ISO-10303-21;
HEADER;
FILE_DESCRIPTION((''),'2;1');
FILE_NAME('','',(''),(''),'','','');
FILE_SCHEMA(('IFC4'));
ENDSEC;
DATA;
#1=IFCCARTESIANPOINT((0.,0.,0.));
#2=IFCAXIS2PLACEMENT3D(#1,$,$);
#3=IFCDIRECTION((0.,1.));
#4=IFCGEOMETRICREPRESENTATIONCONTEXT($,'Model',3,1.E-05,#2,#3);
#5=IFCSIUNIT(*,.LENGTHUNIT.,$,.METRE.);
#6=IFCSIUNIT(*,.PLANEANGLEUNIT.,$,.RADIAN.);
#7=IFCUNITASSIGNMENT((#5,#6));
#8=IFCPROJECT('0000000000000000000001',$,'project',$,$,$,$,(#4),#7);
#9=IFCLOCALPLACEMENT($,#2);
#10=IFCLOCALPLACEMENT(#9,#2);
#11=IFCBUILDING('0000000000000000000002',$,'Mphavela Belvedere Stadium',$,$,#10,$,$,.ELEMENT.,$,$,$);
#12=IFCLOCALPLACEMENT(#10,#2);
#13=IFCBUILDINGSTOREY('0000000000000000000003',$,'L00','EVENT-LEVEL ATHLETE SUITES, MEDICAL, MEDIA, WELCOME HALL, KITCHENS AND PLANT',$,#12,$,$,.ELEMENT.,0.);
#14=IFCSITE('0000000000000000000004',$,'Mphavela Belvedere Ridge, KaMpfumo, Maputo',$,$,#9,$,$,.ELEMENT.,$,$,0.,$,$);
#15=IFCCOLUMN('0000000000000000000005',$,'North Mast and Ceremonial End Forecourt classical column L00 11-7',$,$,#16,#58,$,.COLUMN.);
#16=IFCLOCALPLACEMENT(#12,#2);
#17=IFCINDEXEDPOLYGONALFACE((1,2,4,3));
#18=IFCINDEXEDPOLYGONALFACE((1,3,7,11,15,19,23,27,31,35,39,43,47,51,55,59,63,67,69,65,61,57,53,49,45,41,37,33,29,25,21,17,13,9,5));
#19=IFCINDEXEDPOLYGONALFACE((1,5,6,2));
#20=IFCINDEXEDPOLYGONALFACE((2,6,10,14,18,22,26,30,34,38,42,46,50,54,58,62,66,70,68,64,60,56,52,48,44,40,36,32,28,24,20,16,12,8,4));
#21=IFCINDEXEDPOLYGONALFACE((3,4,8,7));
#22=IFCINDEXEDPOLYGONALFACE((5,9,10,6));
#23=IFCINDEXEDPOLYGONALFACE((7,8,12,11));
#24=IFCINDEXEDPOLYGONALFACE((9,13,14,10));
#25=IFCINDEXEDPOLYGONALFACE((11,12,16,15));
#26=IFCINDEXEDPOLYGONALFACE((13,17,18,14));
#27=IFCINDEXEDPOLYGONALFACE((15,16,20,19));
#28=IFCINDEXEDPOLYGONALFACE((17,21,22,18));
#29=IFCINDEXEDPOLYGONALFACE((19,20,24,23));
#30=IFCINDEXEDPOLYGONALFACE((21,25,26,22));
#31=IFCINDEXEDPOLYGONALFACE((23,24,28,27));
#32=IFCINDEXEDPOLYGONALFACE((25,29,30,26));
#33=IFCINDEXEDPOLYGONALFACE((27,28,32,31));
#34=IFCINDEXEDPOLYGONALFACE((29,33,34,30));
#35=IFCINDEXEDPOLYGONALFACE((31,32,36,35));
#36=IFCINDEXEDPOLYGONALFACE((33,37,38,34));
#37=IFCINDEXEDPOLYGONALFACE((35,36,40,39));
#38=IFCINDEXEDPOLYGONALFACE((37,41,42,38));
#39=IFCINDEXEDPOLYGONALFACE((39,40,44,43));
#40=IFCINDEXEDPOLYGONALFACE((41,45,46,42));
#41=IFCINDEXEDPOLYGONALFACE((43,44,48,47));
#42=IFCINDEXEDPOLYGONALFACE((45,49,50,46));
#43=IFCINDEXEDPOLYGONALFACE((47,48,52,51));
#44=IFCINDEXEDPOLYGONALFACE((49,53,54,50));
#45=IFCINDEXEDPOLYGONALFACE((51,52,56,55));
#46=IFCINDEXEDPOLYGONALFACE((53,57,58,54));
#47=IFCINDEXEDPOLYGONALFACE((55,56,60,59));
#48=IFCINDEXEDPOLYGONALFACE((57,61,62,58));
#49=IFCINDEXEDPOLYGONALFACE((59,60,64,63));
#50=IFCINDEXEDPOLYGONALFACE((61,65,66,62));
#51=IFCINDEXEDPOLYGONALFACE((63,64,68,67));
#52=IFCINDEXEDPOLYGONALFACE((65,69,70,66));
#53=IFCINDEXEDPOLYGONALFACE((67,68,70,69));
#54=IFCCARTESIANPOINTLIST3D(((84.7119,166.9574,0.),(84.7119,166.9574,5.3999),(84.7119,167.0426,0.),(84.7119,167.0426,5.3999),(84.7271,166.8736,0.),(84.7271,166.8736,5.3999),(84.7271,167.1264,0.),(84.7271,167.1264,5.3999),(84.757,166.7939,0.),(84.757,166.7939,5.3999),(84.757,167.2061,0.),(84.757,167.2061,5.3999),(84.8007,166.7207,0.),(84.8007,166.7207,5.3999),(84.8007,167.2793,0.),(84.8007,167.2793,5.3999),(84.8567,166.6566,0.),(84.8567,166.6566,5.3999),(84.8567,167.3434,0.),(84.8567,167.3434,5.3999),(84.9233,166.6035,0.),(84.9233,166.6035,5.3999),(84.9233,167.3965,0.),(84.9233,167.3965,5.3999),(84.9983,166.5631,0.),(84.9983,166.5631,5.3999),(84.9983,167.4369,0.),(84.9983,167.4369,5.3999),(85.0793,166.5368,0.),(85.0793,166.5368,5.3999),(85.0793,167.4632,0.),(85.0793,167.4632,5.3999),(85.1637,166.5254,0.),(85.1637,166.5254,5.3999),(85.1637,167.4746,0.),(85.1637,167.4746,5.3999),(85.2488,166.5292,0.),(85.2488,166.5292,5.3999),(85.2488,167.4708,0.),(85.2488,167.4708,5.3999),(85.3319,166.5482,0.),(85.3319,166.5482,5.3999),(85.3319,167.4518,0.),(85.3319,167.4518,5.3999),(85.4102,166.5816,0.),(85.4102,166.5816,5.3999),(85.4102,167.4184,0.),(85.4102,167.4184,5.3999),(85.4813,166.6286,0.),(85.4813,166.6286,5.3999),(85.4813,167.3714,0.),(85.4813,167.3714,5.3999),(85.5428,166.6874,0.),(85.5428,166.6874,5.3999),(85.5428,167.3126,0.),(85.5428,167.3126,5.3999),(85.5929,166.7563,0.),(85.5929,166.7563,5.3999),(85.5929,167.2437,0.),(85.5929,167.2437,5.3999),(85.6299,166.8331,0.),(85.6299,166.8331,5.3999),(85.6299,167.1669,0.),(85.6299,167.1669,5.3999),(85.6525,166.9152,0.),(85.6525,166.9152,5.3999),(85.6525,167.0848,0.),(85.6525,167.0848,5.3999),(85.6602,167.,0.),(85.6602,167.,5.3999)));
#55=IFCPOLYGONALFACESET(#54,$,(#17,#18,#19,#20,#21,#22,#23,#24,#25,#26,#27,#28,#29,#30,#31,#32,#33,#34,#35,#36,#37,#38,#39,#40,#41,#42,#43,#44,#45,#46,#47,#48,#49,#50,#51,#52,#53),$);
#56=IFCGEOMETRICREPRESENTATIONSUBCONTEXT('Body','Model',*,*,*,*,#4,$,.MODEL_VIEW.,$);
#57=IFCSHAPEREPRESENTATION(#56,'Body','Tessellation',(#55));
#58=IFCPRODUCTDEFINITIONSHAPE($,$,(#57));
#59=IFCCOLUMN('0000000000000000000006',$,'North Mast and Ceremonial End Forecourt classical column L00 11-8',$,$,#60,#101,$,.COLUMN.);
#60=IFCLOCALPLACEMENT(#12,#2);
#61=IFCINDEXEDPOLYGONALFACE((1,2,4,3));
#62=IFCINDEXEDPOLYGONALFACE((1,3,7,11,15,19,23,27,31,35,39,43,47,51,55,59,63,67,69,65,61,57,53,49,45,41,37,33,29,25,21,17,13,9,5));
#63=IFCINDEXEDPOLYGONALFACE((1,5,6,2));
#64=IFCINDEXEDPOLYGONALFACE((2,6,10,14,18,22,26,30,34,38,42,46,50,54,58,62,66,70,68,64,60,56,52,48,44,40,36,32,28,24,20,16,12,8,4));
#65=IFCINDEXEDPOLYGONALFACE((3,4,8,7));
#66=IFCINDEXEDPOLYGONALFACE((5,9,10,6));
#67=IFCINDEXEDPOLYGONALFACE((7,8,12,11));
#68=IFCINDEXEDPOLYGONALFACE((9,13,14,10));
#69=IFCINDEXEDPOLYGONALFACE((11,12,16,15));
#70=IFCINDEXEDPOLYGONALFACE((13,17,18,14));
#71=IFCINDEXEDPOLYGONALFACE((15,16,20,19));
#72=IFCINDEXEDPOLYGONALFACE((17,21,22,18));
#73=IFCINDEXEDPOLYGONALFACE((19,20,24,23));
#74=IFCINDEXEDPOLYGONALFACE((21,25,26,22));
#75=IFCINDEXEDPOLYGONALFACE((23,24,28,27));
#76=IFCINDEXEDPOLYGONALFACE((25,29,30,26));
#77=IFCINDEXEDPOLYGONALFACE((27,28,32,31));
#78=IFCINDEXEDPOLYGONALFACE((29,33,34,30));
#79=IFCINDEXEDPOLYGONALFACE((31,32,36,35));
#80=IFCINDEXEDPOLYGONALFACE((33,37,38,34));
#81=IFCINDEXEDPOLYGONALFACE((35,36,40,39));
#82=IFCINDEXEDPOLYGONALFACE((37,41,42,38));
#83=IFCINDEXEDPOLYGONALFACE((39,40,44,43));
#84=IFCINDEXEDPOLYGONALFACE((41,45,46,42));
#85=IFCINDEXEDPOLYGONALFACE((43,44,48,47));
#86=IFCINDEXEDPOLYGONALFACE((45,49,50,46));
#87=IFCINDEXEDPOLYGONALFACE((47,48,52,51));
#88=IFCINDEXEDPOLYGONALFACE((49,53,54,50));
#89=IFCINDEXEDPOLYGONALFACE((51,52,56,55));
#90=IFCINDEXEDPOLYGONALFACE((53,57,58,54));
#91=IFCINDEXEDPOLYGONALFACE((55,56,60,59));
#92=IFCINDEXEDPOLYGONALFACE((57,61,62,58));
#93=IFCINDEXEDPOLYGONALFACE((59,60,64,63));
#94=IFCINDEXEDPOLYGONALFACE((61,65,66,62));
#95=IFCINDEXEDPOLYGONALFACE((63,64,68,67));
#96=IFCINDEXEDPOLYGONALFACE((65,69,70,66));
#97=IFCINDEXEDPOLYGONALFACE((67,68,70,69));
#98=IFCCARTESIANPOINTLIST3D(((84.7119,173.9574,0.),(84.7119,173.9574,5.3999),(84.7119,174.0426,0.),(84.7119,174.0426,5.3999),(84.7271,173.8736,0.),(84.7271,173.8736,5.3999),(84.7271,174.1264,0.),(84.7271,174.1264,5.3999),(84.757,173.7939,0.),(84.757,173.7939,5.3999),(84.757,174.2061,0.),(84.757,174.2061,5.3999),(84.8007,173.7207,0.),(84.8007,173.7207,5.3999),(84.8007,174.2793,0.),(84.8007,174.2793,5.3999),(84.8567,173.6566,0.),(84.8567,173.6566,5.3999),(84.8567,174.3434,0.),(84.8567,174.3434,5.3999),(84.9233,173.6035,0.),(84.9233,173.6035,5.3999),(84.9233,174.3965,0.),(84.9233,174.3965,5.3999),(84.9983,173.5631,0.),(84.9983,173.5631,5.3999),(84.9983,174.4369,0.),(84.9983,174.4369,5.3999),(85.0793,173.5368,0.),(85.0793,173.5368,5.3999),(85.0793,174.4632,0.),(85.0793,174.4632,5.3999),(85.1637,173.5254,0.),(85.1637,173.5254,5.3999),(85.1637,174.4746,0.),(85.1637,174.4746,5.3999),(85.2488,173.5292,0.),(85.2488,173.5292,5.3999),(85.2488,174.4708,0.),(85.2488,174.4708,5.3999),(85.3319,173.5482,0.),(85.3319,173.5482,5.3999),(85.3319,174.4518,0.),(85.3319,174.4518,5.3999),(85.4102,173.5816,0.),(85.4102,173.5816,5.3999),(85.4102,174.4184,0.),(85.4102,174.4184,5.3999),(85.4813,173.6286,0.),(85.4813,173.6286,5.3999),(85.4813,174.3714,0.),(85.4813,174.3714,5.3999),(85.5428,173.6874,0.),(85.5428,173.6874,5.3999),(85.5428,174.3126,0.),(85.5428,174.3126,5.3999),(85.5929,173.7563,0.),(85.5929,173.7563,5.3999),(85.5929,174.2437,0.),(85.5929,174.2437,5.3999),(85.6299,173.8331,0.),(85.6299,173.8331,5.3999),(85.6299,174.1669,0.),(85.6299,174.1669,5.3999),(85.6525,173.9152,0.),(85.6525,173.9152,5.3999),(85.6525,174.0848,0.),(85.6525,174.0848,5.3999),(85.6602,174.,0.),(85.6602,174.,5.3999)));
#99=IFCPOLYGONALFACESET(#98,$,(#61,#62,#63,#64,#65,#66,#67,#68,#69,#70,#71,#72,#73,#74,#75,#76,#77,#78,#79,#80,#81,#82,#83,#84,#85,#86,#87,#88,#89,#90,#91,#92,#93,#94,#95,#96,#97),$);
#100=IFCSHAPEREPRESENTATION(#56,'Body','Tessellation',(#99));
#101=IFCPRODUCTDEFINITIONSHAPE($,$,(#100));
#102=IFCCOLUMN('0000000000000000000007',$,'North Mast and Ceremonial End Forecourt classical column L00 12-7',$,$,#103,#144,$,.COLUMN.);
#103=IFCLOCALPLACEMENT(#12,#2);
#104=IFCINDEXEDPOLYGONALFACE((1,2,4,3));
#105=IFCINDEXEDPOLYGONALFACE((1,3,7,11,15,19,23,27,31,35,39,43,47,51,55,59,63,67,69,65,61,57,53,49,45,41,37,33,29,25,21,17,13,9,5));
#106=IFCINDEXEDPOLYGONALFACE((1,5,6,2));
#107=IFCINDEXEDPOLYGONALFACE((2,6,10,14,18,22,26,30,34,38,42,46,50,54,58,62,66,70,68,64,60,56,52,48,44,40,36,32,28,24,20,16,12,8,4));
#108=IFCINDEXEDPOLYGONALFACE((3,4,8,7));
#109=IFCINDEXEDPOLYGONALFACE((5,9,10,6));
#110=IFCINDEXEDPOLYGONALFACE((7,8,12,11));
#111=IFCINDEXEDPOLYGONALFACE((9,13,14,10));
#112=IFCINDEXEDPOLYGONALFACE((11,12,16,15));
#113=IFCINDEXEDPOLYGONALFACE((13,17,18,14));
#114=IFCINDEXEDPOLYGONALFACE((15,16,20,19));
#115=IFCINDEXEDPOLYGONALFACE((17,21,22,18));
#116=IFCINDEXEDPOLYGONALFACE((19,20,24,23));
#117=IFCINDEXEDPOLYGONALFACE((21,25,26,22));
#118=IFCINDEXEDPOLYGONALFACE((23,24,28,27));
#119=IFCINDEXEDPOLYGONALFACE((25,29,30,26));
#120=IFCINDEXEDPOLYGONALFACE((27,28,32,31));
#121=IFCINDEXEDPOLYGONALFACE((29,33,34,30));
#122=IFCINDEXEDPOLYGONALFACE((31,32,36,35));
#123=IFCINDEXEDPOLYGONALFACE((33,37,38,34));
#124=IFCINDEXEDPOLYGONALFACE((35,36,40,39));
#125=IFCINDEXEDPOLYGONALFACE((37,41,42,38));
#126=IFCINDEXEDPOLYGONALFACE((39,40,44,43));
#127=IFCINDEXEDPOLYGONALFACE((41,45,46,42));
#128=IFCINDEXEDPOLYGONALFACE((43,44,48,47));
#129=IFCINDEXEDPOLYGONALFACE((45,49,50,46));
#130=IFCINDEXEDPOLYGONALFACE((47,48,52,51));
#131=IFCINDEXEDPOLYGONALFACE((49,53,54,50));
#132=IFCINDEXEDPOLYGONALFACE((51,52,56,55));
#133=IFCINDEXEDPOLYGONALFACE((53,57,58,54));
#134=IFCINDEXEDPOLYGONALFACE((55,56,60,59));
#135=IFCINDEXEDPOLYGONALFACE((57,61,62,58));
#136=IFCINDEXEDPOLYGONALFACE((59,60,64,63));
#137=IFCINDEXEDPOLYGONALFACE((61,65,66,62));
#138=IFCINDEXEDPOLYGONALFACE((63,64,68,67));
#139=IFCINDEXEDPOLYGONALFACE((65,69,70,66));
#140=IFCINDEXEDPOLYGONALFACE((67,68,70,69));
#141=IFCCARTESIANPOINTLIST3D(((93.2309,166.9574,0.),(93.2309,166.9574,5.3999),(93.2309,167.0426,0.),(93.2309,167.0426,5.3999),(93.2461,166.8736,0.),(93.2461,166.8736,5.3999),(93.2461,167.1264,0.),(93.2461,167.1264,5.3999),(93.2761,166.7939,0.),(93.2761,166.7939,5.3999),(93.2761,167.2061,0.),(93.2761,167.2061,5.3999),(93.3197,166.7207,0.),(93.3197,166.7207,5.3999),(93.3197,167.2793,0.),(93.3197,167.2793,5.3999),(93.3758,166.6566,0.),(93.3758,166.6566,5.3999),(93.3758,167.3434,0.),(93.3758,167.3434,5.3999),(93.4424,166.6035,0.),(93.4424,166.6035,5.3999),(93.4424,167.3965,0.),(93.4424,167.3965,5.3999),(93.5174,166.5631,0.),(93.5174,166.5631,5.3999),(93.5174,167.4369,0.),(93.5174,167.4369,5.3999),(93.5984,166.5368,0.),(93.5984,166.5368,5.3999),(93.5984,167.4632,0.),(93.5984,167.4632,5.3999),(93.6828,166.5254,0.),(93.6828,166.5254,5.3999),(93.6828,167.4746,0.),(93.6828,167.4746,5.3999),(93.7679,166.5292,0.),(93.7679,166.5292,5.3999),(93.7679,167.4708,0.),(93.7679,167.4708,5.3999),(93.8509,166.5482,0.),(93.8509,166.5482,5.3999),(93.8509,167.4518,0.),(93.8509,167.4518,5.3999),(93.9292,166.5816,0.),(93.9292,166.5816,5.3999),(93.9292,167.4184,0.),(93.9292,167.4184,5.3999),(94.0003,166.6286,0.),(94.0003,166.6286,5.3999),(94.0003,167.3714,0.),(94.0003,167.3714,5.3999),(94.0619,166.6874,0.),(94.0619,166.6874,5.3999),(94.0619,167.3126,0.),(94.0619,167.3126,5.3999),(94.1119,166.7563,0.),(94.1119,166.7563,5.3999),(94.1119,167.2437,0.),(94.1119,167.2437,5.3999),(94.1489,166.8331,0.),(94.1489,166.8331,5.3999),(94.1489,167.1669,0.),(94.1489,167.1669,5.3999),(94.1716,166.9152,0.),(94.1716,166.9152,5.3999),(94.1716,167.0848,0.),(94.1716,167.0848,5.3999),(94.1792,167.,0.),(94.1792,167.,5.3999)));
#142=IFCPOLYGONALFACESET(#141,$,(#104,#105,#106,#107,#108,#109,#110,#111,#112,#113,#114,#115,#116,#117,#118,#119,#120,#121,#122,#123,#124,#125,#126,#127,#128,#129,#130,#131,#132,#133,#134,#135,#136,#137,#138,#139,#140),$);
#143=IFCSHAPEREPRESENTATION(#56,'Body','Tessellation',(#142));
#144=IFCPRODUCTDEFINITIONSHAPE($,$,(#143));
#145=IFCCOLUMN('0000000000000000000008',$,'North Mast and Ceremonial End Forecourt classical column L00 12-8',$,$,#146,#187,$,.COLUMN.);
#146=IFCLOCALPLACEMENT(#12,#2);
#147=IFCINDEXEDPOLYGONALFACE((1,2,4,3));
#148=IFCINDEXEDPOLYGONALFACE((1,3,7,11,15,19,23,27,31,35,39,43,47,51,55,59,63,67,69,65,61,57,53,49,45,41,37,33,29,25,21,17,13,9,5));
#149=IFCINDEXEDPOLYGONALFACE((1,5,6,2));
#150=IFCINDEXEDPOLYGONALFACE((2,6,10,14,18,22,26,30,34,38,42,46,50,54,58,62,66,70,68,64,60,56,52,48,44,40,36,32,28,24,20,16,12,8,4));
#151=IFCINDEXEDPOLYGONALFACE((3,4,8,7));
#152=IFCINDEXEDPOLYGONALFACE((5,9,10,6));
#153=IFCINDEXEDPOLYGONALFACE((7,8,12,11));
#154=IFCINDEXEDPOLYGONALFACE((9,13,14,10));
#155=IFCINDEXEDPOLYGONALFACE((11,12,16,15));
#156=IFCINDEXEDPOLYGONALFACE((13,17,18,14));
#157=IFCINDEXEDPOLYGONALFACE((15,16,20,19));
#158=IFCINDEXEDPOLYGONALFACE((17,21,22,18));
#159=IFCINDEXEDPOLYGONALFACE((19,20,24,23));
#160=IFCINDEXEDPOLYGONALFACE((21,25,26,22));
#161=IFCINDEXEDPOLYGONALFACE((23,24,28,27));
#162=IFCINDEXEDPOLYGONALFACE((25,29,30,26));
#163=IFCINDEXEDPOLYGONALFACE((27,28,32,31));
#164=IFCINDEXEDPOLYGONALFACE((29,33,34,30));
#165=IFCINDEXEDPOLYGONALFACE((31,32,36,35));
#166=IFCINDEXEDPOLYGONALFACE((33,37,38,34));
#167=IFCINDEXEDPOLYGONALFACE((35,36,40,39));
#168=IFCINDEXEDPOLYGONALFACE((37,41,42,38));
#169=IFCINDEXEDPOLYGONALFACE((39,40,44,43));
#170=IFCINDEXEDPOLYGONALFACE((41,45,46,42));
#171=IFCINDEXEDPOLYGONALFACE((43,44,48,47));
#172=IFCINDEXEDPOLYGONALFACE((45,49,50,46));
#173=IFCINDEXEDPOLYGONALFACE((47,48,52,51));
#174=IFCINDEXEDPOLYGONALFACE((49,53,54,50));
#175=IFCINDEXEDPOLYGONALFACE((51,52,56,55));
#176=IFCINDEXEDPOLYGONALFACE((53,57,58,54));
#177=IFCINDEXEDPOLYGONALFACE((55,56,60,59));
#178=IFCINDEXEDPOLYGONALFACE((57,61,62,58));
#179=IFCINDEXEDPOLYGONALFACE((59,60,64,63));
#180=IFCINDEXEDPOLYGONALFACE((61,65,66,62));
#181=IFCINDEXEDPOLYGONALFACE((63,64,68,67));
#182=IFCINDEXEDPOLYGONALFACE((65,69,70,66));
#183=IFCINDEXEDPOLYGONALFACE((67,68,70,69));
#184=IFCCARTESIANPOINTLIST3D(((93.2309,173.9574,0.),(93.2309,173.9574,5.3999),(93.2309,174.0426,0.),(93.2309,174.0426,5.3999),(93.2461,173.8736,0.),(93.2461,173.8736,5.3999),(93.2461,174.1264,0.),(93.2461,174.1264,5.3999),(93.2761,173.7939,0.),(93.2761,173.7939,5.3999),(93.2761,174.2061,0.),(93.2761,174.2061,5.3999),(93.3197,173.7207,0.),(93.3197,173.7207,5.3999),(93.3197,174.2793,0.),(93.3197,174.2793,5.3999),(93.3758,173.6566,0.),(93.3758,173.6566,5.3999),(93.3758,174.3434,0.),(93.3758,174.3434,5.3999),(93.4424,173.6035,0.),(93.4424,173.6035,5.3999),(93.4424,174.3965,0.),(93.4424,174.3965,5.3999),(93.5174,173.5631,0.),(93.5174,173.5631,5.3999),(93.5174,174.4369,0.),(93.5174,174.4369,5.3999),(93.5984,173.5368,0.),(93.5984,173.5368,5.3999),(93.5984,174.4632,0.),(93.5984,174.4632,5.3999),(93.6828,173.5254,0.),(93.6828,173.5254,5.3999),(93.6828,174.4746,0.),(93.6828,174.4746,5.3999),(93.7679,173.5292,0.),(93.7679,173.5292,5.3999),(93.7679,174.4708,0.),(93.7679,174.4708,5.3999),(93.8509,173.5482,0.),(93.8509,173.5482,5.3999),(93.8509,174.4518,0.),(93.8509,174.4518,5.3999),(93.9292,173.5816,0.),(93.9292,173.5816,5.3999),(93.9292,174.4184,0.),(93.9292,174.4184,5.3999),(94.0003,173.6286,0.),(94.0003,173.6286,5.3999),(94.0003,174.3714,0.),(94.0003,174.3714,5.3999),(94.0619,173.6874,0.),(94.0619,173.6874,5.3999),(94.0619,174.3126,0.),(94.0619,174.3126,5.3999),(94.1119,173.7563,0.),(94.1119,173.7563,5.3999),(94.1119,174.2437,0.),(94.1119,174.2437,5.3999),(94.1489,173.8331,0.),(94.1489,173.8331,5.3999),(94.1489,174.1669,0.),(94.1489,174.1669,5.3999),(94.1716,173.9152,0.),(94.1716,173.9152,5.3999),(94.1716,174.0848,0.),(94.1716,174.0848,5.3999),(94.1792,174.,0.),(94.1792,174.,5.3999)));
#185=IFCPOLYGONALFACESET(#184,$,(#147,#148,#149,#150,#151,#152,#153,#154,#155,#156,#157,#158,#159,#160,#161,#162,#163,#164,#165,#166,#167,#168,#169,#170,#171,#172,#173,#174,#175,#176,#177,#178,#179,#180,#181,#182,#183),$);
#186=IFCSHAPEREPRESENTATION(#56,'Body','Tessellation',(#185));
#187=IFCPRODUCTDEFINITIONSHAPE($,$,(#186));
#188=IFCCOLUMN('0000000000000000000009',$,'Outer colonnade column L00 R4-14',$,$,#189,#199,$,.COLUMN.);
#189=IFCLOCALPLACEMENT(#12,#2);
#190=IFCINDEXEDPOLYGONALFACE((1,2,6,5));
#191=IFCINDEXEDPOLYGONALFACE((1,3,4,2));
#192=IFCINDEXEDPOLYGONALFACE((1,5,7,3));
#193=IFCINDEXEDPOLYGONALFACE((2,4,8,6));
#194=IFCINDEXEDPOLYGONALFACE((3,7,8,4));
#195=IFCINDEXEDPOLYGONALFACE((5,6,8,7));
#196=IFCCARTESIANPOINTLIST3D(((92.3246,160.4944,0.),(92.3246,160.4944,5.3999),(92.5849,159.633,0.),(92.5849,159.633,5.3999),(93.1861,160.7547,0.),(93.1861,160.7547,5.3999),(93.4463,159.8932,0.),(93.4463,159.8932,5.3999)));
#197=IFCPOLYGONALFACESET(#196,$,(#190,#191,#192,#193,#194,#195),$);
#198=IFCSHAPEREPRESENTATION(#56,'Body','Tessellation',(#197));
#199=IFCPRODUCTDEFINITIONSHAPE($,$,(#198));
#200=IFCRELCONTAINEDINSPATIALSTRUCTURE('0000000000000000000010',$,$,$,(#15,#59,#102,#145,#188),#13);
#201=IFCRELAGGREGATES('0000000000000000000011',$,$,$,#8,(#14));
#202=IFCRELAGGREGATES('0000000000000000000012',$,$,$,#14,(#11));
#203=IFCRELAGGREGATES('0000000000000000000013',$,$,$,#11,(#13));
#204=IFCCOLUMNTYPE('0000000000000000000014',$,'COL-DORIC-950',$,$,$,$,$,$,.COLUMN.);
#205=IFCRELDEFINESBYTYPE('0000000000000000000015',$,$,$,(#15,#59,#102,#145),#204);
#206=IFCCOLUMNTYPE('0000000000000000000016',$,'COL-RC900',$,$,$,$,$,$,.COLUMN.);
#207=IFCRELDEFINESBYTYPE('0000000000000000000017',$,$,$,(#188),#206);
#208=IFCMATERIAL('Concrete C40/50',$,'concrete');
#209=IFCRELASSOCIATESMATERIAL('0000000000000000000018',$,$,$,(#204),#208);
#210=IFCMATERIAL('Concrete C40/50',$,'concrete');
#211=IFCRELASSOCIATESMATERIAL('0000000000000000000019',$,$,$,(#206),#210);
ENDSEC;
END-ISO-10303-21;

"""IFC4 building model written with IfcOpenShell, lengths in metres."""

from ifc_helpers import new_model, si_unit, direction, frame, origin, origin_2d, place, context, subcontext, project, spatial, rectangle, circle, extrude, material, material_profile, profile_set, type_object, element, save


model = new_model("IFC4")

# Units and contexts
model_context = context("Model", 3, precision=1e-05, world=origin(), true_north=direction((0.0, 1.0)))
body_context = subcontext(model_context, "Body", "Model", "MODEL_VIEW")
ifc_project = project(units=[si_unit("LENGTHUNIT", "METRE"), si_unit("PLANEANGLEUNIT", "RADIAN")], contexts=[model_context])

# Site, building, storey
site_placement = place(None, origin())
site = spatial("IfcSite", under=ifc_project, at=site_placement, Name="Mphavela Belvedere Ridge, KaMpfumo, Maputo", CompositionType="ELEMENT", RefElevation=0.0)
building_placement = place(site_placement, origin())
building = spatial("IfcBuilding", under=site, at=building_placement, Name="Mphavela Belvedere Stadium", CompositionType="ELEMENT")
storey_placement = place(building_placement, origin())
storey = spatial("IfcBuildingStorey", under=building, at=storey_placement, Name="L00", Description="EVENT-LEVEL ATHLETE SUITES, MEDICAL, MEDIA, WELCOME HALL, KITCHENS AND PLANT", CompositionType="ELEMENT", Elevation=0.0)

# Columns
ifc_material_1 = material(Name="Concrete C40/50", Category="concrete")
ifc_material_profile_1 = material_profile(ifc_material_1, circle(Radius=0.4751, at=origin_2d()), Name="COL D950")
ifc_profile_set_1 = profile_set([ifc_material_profile_1], Name="Concrete C40/50")
column_type_1 = type_object("IfcColumnType", Name="COL-DORIC-950", PredefinedType="COLUMN", material=ifc_profile_set_1)
for number, where, z_axis, x_axis, name in (
    (1, (85.1851, 167.0, 0.0), (0.0, 0.0, 1.0), (1.0, 0.0, 0.0), "North Mast and Ceremonial End Forecourt classical column L00 11-7"),
    (2, (85.1851, 174.0, 0.0), (0.0, 0.0, 1.0), (1.0, 0.0, 0.0), "North Mast and Ceremonial End Forecourt classical column L00 11-8"),
    (3, (93.7041, 167.0, 0.0), (0.0, 0.0, 1.0), (1.0, 0.0, 0.0), "North Mast and Ceremonial End Forecourt classical column L00 12-7"),
    (4, (93.7041, 174.0, 0.0), (0.0, 0.0, 1.0), (1.0, 0.0, 0.0), "North Mast and Ceremonial End Forecourt classical column L00 12-8"),
):
    element("IfcColumn", number, at=place(storey_placement, frame(where, z_axis=z_axis, x_axis=x_axis)), inside=storey, type_object=column_type_1, Name=name, PredefinedType="COLUMN", context=body_context, shape_type="SweptSolid", body=[
        extrude(circle(Radius=0.4751, at=origin_2d()), origin(), (0.0, 0.0, 1.0), 5.3999),
    ])
ifc_material_2 = material(Name="Concrete C40/50", Category="concrete")
ifc_material_profile_2 = material_profile(ifc_material_2, rectangle(XDim=0.8999, YDim=0.8999, at=origin_2d()), Name="RC 900x900")
ifc_profile_set_2 = profile_set([ifc_material_profile_2], Name="Concrete C40/50")
column_type_2 = type_object("IfcColumnType", Name="COL-RC900", PredefinedType="COLUMN", material=ifc_profile_set_2)
column_placement = place(storey_placement, frame((92.8855, 160.1938, 0.0), z_axis=(0.0, 0.0, 1.0), x_axis=(-0.289199, 0.957269, 0.0)))
element("IfcColumn", 5, at=column_placement, inside=storey, type_object=column_type_2, Name="Outer colonnade column L00 R4-14", PredefinedType="COLUMN", context=body_context, shape_type="SweptSolid", body=[
    extrude(rectangle(XDim=0.8999, YDim=0.8999, at=origin_2d()), origin(), (0.0, 0.0, 1.0), 5.3999),
])

save(model, "model.ifc")
